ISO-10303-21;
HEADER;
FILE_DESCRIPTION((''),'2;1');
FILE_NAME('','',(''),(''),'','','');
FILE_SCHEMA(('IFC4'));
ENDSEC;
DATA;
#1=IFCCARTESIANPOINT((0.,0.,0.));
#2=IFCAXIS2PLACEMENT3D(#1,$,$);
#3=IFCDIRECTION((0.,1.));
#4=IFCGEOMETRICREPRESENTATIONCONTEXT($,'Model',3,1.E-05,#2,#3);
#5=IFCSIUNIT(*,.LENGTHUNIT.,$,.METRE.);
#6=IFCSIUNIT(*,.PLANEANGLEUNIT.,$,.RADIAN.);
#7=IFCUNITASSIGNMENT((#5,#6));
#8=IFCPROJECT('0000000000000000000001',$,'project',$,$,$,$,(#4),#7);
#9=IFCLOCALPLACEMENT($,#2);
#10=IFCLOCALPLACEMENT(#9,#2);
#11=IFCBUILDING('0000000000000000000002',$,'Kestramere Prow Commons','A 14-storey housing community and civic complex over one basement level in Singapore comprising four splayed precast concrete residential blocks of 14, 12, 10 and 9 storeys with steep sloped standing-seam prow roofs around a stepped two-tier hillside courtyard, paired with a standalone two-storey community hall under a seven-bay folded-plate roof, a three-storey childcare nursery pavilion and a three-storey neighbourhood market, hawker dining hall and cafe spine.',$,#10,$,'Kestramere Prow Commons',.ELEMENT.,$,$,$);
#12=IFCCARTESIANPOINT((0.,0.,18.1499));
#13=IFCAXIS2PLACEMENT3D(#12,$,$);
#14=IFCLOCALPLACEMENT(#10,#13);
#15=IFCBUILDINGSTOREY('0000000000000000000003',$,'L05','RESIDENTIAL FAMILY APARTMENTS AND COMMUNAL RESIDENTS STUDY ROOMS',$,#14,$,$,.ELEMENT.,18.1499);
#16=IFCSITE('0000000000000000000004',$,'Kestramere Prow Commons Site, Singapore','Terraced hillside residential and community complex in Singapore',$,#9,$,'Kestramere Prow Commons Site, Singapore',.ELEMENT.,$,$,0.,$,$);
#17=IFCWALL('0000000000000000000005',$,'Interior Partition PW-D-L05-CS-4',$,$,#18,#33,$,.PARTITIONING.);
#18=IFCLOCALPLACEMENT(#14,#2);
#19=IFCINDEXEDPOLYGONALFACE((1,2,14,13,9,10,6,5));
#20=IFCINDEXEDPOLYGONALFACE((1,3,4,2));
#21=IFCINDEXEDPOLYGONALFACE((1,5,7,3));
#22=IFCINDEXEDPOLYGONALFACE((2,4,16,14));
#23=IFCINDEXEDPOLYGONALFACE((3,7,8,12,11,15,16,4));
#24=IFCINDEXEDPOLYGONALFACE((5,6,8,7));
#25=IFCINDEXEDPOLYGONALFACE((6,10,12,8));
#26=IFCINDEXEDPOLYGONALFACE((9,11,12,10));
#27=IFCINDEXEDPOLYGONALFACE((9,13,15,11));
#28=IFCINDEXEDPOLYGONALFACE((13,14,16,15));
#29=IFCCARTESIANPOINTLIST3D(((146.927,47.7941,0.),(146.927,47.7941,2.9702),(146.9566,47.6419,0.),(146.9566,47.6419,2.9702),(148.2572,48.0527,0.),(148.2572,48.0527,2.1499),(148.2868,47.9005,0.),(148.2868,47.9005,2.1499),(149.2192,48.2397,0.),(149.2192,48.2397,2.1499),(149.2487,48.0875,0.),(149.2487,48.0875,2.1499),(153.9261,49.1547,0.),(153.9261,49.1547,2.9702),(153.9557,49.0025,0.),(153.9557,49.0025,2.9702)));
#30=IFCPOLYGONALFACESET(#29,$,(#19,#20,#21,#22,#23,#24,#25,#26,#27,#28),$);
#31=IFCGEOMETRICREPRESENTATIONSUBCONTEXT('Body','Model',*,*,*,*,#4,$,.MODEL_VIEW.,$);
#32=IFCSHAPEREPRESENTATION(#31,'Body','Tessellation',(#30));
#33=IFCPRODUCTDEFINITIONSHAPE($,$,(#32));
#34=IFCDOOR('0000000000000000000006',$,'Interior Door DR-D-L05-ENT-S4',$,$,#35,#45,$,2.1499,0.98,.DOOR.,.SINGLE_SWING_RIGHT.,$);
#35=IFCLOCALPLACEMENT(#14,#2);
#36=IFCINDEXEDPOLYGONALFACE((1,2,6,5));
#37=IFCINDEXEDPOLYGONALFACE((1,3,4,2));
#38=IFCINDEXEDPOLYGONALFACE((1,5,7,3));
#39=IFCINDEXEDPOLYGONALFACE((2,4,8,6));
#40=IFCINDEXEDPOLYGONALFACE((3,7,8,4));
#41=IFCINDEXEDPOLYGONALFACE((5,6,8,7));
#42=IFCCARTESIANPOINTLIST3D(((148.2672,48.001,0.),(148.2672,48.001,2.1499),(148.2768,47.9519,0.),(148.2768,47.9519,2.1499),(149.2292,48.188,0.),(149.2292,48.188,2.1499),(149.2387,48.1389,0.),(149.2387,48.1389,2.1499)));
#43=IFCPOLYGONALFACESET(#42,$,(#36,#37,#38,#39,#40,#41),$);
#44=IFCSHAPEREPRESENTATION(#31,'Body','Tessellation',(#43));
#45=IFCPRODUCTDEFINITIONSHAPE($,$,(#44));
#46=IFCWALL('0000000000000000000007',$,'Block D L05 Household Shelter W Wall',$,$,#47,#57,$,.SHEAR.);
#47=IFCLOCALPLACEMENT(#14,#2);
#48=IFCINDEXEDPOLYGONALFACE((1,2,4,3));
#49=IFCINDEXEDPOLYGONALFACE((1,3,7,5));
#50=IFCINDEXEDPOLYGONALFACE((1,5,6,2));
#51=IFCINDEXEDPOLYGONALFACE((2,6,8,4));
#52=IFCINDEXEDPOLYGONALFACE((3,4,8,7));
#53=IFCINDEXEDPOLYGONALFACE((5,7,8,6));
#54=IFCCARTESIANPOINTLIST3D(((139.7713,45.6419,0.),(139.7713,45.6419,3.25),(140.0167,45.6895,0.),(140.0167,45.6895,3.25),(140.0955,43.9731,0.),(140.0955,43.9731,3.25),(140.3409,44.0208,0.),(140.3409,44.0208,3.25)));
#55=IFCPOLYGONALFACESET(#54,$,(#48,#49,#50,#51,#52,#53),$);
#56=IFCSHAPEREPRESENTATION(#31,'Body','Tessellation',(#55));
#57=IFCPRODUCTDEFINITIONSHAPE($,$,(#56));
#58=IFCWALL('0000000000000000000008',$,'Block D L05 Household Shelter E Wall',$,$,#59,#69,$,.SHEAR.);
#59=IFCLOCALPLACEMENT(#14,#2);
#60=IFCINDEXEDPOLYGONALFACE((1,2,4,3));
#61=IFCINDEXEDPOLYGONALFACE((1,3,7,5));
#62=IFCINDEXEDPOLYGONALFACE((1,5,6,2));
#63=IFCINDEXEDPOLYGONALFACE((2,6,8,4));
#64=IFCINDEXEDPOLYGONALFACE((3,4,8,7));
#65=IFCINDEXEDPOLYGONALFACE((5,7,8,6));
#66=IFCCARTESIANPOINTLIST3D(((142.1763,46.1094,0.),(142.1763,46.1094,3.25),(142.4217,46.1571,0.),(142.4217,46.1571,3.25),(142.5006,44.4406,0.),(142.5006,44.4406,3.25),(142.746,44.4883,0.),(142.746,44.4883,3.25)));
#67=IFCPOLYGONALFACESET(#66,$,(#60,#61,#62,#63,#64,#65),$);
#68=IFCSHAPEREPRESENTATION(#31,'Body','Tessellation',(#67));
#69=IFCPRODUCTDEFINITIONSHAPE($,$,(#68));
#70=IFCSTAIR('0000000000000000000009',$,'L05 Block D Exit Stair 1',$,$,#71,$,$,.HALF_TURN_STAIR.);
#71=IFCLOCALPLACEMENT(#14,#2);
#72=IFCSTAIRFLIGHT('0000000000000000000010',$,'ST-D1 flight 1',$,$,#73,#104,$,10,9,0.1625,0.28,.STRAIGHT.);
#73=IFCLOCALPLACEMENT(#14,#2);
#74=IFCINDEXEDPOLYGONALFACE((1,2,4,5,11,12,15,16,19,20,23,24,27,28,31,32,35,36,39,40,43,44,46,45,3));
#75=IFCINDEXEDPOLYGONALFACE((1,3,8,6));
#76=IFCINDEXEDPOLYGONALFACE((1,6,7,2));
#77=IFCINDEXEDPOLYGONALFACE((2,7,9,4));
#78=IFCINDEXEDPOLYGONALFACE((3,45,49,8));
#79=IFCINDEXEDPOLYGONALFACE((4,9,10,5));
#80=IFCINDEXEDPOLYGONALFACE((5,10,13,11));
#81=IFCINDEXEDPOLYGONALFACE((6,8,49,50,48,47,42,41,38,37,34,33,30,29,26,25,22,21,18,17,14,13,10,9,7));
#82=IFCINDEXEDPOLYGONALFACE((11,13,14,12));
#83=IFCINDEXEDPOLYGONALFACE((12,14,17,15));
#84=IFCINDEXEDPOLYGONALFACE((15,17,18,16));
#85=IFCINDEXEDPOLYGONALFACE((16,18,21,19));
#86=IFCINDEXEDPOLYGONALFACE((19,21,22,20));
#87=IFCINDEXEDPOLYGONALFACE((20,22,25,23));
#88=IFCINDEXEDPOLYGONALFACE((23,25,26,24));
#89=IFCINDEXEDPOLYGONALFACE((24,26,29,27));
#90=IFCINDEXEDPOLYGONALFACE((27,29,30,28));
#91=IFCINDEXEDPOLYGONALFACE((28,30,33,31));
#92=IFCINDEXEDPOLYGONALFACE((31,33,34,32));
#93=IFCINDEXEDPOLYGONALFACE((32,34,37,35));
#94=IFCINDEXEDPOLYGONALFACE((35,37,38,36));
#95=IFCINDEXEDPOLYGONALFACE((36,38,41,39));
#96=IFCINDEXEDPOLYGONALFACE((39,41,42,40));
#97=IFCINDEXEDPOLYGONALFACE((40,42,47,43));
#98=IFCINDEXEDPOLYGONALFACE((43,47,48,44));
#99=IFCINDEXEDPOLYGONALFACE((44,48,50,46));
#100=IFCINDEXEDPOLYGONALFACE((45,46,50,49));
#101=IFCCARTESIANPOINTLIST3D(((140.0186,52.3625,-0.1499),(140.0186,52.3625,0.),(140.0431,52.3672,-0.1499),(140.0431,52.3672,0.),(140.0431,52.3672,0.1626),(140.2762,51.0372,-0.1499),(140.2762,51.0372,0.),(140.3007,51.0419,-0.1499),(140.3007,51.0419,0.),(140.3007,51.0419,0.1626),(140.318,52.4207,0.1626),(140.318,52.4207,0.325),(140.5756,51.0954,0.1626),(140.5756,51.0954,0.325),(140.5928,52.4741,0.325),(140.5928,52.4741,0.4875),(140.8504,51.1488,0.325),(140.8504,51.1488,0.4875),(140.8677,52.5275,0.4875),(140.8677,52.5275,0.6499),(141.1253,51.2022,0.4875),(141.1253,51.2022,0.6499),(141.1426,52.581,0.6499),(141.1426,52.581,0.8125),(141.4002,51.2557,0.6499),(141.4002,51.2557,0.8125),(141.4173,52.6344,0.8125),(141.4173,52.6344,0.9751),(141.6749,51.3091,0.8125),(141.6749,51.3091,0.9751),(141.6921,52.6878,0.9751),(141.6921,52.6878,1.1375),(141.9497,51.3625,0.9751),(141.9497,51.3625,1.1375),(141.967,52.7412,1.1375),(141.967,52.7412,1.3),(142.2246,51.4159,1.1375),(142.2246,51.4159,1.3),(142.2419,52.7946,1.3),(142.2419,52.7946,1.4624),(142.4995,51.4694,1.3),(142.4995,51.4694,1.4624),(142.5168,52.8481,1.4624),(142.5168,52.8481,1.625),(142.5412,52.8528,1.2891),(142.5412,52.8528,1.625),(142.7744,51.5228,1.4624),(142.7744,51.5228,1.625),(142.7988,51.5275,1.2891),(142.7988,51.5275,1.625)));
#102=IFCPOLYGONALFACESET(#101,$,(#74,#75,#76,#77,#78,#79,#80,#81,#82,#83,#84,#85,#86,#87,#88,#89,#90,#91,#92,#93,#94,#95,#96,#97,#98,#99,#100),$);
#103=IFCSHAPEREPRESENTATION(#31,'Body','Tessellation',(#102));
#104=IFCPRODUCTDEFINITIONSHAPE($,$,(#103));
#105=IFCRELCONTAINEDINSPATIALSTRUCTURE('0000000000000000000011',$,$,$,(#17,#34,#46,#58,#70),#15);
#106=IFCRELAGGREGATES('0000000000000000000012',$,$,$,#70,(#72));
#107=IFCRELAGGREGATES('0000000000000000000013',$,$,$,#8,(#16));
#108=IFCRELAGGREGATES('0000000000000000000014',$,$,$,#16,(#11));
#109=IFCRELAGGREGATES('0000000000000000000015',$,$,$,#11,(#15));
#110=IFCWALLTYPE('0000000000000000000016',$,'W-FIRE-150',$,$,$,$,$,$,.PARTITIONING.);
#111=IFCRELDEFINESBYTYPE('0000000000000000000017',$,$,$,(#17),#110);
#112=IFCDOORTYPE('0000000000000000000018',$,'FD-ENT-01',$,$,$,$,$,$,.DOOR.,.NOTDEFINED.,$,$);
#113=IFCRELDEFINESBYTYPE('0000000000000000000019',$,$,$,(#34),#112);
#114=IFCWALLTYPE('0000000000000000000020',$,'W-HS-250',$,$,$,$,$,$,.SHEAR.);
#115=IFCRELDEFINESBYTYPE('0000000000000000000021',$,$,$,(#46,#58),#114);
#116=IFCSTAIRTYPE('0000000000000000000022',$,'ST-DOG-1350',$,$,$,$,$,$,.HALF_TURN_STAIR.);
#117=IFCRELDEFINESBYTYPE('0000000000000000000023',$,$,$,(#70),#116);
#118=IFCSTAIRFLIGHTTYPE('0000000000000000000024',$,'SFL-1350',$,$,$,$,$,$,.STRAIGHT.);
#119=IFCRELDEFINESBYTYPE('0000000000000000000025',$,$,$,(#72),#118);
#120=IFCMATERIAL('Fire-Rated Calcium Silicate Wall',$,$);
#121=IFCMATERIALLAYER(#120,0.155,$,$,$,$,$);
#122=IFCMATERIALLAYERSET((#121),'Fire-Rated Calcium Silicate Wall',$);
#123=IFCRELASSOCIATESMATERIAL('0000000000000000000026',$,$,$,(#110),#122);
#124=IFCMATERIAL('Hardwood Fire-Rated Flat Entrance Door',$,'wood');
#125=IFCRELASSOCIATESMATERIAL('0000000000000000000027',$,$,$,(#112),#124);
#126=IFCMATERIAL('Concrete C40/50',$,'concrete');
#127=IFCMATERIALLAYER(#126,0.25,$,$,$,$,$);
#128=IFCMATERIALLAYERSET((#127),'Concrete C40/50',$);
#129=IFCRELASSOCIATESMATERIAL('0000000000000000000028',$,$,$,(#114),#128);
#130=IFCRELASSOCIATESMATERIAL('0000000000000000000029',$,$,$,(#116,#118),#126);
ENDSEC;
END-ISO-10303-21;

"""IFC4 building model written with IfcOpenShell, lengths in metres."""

from ifc_helpers import new_model, si_unit, direction, frame, frame_2d, origin, place, context, subcontext, project, spatial, polyline, rectangle, outline, extrude, material, layer, layer_set, type_object, element, fill, aggregate, save


model = new_model("IFC4")

# Units and contexts
model_context = context("Model", 3, precision=1e-05, world=origin(), true_north=direction((0.0, 1.0)))
body_context = subcontext(model_context, "Body", "Model", "MODEL_VIEW")
ifc_project = project(units=[si_unit("LENGTHUNIT", "METRE"), si_unit("PLANEANGLEUNIT", "RADIAN")], contexts=[model_context])

# Site, building, storey
site_placement = place(None, origin())
site = spatial("IfcSite", under=ifc_project, at=site_placement, Name="Kestramere Prow Commons Site, Singapore", Description="Terraced hillside residential and community complex in Singapore", LongName="Kestramere Prow Commons Site, Singapore", CompositionType="ELEMENT", RefElevation=0.0)
building_placement = place(site_placement, origin())
building = spatial("IfcBuilding", under=site, at=building_placement, Name="Kestramere Prow Commons", Description="A 14-storey housing community and civic complex over one basement level in Singapore comprising four splayed precast concrete residential blocks of 14, 12, 10 and 9 storeys with steep sloped standing-seam prow roofs around a stepped two-tier hillside courtyard, paired with a standalone two-storey community hall under a seven-bay folded-plate roof, a three-storey childcare nursery pavilion and a three-storey neighbourhood market, hawker dining hall and cafe spine.", LongName="Kestramere Prow Commons", CompositionType="ELEMENT")
storey_placement = place(building_placement, frame((0.0, 0.0, 18.1499)))
storey = spatial("IfcBuildingStorey", under=building, at=storey_placement, Name="L05", Description="RESIDENTIAL FAMILY APARTMENTS AND COMMUNAL RESIDENTS STUDY ROOMS", CompositionType="ELEMENT", Elevation=18.1499)

# Shared definitions
ifc_material_1 = material(Name="Concrete C40/50", Category="concrete")

# Shared definitions
ifc_material_2 = material(Name="Fire-Rated Calcium Silicate Wall")
ifc_layer_1 = layer(ifc_material_2, 0.155)
ifc_layer_set_1 = layer_set([ifc_layer_1], Name="Fire-Rated Calcium Silicate Wall")
wall_type_1 = type_object("IfcWallType", Name="W-FIRE-150", PredefinedType="PARTITIONING", material=ifc_layer_set_1)

# Wall, opening, door
ifc_material_3 = material(Name="Hardwood Fire-Rated Flat Entrance Door", Category="wood")
wall_1_placement = place(storey_placement, frame((146.9419, 47.718, 0.0), z_axis=(0.0, 0.0, 1.0), x_axis=(0.981624, 0.190826, 0.0)))
wall_1 = element("IfcWall", 1, at=wall_1_placement, inside=storey, type_object=wall_type_1, Name="Interior Partition PW-D-L05-CS-4", PredefinedType="PARTITIONING", context=body_context, shape_type="SweptSolid", body=[
    extrude(rectangle(XDim=7.1301, YDim=0.155, at=frame_2d((3.5649, 0.0))), origin(), (0.0, 0.0, 1.0), 2.9702),
])
opening_1_placement = place(wall_1_placement, frame((1.355, 0.0, 0.0)))
opening_1 = element("IfcOpeningElement", 2, at=opening_1_placement, cuts=wall_1, PredefinedType="OPENING", context=body_context, shape_type="SweptSolid", body=[
    extrude(rectangle(XDim=0.98, YDim=2.1499, at=frame_2d((0.49, 1.075))), frame((0.0, 0.0925, 0.0), z_axis=(0.0, -1.0, 0.0), x_axis=(1.0, 0.0, 0.0)), (0.0, 0.0, 1.0), 0.1851),
])
door_type_1 = type_object("IfcDoorType", Name="FD-ENT-01", OperationType="NOTDEFINED", PredefinedType="DOOR", material=ifc_material_3)
door_1_placement = place(opening_1_placement, origin())
door_1 = element("IfcDoor", 3, at=door_1_placement, inside=storey, type_object=door_type_1, Name="Interior Door DR-D-L05-ENT-S4", OperationType="SINGLE_SWING_RIGHT", OverallHeight=2.1499, OverallWidth=0.98, PredefinedType="DOOR", context=body_context, shape_type="SweptSolid", body=[
    extrude(rectangle(XDim=0.98, YDim=2.1499, at=frame_2d((0.49, 1.075))), frame((0.0, 0.0249, 0.0), z_axis=(0.0, -1.0, 0.0), x_axis=(1.0, 0.0, 0.0)), (0.0, 0.0, 1.0), 0.05),
])
fill(opening_1, door_1)

# Walls
ifc_layer_2 = layer(ifc_material_1, 0.25)
ifc_layer_set_2 = layer_set([ifc_layer_2], Name="Concrete C40/50")
wall_type_2 = type_object("IfcWallType", Name="W-HS-250", PredefinedType="SHEAR", material=ifc_layer_set_2)
for number, where, z_axis, x_axis, name in (
    (4, (140.2183, 43.9968, 0.0), (0.0, 0.0, 1.0), (-0.190727, 0.981643, 0.0), "Block D L05 Household Shelter W Wall"),
    (5, (142.6233, 44.4644, 0.0), (0.0, 0.0, 1.0), (-0.190727, 0.981643, 0.0), "Block D L05 Household Shelter E Wall"),
):
    element("IfcWall", number, at=place(storey_placement, frame(where, z_axis=z_axis, x_axis=x_axis)), inside=storey, type_object=wall_type_2, Name=name, PredefinedType="SHEAR", context=body_context, shape_type="SweptSolid", body=[
        extrude(rectangle(XDim=1.7, YDim=0.25, at=frame_2d((0.8501, 0.0))), origin(), (0.0, 0.0, 1.0), 3.25),
    ])

# Stair, stair flight
stair_type = type_object("IfcStairType", Name="ST-DOG-1350", PredefinedType="HALF_TURN_STAIR", material=ifc_material_1)
stair_placement = place(storey_placement, origin())
stair = element("IfcStair", 6, at=stair_placement, inside=storey, type_object=stair_type, Name="L05 Block D Exit Stair 1", PredefinedType="HALF_TURN_STAIR")
stair_flight_type = type_object("IfcStairFlightType", Name="SFL-1350", PredefinedType="STRAIGHT", material=ifc_material_1)
stair_flight_placement = place(storey_placement, frame((140.1719, 51.7046, 0.0), z_axis=(0.0, 0.0, 1.0), x_axis=(0.981627, 0.190809, 0.0)))
stair_flight = element("IfcStairFlight", 7, at=stair_flight_placement, type_object=stair_flight_type, Name="ST-D1 flight 1", NumberOfRisers=10, NumberOfTreads=9, PredefinedType="STRAIGHT", RiserHeight=0.1625, TreadLength=0.28, context=body_context, shape_type="SweptSolid", body=[
    extrude(outline(polyline([(-0.0249, 0.0), (0.0, 0.0), (0.0, 0.1626), (0.28, 0.1626), (0.28, 0.325), (0.5601, 0.325), (0.5601, 0.4875), (0.8401, 0.4875), (0.8401, 0.6499), (1.1201, 0.6499), (1.1201, 0.8125), (1.3999, 0.8125), (1.3999, 0.9751), (1.6799, 0.9751), (1.6799, 1.1375), (1.96, 1.1375), (1.96, 1.3), (2.24, 1.3), (2.24, 1.4624), (2.52, 1.4624), (2.52, 1.625), (2.5449, 1.625), (2.5449, 1.2891), (0.0, -0.1499), (-0.0249, -0.1499), (-0.0249, 0.0)])), frame((0.0, 0.675, 0.0), z_axis=(0.0, -1.0, 0.0), x_axis=(1.0, 0.0, 0.0)), (0.0, 0.0, 1.0), 1.3501),
])
aggregate(stair, [stair_flight])

save(model, "model.ifc")
